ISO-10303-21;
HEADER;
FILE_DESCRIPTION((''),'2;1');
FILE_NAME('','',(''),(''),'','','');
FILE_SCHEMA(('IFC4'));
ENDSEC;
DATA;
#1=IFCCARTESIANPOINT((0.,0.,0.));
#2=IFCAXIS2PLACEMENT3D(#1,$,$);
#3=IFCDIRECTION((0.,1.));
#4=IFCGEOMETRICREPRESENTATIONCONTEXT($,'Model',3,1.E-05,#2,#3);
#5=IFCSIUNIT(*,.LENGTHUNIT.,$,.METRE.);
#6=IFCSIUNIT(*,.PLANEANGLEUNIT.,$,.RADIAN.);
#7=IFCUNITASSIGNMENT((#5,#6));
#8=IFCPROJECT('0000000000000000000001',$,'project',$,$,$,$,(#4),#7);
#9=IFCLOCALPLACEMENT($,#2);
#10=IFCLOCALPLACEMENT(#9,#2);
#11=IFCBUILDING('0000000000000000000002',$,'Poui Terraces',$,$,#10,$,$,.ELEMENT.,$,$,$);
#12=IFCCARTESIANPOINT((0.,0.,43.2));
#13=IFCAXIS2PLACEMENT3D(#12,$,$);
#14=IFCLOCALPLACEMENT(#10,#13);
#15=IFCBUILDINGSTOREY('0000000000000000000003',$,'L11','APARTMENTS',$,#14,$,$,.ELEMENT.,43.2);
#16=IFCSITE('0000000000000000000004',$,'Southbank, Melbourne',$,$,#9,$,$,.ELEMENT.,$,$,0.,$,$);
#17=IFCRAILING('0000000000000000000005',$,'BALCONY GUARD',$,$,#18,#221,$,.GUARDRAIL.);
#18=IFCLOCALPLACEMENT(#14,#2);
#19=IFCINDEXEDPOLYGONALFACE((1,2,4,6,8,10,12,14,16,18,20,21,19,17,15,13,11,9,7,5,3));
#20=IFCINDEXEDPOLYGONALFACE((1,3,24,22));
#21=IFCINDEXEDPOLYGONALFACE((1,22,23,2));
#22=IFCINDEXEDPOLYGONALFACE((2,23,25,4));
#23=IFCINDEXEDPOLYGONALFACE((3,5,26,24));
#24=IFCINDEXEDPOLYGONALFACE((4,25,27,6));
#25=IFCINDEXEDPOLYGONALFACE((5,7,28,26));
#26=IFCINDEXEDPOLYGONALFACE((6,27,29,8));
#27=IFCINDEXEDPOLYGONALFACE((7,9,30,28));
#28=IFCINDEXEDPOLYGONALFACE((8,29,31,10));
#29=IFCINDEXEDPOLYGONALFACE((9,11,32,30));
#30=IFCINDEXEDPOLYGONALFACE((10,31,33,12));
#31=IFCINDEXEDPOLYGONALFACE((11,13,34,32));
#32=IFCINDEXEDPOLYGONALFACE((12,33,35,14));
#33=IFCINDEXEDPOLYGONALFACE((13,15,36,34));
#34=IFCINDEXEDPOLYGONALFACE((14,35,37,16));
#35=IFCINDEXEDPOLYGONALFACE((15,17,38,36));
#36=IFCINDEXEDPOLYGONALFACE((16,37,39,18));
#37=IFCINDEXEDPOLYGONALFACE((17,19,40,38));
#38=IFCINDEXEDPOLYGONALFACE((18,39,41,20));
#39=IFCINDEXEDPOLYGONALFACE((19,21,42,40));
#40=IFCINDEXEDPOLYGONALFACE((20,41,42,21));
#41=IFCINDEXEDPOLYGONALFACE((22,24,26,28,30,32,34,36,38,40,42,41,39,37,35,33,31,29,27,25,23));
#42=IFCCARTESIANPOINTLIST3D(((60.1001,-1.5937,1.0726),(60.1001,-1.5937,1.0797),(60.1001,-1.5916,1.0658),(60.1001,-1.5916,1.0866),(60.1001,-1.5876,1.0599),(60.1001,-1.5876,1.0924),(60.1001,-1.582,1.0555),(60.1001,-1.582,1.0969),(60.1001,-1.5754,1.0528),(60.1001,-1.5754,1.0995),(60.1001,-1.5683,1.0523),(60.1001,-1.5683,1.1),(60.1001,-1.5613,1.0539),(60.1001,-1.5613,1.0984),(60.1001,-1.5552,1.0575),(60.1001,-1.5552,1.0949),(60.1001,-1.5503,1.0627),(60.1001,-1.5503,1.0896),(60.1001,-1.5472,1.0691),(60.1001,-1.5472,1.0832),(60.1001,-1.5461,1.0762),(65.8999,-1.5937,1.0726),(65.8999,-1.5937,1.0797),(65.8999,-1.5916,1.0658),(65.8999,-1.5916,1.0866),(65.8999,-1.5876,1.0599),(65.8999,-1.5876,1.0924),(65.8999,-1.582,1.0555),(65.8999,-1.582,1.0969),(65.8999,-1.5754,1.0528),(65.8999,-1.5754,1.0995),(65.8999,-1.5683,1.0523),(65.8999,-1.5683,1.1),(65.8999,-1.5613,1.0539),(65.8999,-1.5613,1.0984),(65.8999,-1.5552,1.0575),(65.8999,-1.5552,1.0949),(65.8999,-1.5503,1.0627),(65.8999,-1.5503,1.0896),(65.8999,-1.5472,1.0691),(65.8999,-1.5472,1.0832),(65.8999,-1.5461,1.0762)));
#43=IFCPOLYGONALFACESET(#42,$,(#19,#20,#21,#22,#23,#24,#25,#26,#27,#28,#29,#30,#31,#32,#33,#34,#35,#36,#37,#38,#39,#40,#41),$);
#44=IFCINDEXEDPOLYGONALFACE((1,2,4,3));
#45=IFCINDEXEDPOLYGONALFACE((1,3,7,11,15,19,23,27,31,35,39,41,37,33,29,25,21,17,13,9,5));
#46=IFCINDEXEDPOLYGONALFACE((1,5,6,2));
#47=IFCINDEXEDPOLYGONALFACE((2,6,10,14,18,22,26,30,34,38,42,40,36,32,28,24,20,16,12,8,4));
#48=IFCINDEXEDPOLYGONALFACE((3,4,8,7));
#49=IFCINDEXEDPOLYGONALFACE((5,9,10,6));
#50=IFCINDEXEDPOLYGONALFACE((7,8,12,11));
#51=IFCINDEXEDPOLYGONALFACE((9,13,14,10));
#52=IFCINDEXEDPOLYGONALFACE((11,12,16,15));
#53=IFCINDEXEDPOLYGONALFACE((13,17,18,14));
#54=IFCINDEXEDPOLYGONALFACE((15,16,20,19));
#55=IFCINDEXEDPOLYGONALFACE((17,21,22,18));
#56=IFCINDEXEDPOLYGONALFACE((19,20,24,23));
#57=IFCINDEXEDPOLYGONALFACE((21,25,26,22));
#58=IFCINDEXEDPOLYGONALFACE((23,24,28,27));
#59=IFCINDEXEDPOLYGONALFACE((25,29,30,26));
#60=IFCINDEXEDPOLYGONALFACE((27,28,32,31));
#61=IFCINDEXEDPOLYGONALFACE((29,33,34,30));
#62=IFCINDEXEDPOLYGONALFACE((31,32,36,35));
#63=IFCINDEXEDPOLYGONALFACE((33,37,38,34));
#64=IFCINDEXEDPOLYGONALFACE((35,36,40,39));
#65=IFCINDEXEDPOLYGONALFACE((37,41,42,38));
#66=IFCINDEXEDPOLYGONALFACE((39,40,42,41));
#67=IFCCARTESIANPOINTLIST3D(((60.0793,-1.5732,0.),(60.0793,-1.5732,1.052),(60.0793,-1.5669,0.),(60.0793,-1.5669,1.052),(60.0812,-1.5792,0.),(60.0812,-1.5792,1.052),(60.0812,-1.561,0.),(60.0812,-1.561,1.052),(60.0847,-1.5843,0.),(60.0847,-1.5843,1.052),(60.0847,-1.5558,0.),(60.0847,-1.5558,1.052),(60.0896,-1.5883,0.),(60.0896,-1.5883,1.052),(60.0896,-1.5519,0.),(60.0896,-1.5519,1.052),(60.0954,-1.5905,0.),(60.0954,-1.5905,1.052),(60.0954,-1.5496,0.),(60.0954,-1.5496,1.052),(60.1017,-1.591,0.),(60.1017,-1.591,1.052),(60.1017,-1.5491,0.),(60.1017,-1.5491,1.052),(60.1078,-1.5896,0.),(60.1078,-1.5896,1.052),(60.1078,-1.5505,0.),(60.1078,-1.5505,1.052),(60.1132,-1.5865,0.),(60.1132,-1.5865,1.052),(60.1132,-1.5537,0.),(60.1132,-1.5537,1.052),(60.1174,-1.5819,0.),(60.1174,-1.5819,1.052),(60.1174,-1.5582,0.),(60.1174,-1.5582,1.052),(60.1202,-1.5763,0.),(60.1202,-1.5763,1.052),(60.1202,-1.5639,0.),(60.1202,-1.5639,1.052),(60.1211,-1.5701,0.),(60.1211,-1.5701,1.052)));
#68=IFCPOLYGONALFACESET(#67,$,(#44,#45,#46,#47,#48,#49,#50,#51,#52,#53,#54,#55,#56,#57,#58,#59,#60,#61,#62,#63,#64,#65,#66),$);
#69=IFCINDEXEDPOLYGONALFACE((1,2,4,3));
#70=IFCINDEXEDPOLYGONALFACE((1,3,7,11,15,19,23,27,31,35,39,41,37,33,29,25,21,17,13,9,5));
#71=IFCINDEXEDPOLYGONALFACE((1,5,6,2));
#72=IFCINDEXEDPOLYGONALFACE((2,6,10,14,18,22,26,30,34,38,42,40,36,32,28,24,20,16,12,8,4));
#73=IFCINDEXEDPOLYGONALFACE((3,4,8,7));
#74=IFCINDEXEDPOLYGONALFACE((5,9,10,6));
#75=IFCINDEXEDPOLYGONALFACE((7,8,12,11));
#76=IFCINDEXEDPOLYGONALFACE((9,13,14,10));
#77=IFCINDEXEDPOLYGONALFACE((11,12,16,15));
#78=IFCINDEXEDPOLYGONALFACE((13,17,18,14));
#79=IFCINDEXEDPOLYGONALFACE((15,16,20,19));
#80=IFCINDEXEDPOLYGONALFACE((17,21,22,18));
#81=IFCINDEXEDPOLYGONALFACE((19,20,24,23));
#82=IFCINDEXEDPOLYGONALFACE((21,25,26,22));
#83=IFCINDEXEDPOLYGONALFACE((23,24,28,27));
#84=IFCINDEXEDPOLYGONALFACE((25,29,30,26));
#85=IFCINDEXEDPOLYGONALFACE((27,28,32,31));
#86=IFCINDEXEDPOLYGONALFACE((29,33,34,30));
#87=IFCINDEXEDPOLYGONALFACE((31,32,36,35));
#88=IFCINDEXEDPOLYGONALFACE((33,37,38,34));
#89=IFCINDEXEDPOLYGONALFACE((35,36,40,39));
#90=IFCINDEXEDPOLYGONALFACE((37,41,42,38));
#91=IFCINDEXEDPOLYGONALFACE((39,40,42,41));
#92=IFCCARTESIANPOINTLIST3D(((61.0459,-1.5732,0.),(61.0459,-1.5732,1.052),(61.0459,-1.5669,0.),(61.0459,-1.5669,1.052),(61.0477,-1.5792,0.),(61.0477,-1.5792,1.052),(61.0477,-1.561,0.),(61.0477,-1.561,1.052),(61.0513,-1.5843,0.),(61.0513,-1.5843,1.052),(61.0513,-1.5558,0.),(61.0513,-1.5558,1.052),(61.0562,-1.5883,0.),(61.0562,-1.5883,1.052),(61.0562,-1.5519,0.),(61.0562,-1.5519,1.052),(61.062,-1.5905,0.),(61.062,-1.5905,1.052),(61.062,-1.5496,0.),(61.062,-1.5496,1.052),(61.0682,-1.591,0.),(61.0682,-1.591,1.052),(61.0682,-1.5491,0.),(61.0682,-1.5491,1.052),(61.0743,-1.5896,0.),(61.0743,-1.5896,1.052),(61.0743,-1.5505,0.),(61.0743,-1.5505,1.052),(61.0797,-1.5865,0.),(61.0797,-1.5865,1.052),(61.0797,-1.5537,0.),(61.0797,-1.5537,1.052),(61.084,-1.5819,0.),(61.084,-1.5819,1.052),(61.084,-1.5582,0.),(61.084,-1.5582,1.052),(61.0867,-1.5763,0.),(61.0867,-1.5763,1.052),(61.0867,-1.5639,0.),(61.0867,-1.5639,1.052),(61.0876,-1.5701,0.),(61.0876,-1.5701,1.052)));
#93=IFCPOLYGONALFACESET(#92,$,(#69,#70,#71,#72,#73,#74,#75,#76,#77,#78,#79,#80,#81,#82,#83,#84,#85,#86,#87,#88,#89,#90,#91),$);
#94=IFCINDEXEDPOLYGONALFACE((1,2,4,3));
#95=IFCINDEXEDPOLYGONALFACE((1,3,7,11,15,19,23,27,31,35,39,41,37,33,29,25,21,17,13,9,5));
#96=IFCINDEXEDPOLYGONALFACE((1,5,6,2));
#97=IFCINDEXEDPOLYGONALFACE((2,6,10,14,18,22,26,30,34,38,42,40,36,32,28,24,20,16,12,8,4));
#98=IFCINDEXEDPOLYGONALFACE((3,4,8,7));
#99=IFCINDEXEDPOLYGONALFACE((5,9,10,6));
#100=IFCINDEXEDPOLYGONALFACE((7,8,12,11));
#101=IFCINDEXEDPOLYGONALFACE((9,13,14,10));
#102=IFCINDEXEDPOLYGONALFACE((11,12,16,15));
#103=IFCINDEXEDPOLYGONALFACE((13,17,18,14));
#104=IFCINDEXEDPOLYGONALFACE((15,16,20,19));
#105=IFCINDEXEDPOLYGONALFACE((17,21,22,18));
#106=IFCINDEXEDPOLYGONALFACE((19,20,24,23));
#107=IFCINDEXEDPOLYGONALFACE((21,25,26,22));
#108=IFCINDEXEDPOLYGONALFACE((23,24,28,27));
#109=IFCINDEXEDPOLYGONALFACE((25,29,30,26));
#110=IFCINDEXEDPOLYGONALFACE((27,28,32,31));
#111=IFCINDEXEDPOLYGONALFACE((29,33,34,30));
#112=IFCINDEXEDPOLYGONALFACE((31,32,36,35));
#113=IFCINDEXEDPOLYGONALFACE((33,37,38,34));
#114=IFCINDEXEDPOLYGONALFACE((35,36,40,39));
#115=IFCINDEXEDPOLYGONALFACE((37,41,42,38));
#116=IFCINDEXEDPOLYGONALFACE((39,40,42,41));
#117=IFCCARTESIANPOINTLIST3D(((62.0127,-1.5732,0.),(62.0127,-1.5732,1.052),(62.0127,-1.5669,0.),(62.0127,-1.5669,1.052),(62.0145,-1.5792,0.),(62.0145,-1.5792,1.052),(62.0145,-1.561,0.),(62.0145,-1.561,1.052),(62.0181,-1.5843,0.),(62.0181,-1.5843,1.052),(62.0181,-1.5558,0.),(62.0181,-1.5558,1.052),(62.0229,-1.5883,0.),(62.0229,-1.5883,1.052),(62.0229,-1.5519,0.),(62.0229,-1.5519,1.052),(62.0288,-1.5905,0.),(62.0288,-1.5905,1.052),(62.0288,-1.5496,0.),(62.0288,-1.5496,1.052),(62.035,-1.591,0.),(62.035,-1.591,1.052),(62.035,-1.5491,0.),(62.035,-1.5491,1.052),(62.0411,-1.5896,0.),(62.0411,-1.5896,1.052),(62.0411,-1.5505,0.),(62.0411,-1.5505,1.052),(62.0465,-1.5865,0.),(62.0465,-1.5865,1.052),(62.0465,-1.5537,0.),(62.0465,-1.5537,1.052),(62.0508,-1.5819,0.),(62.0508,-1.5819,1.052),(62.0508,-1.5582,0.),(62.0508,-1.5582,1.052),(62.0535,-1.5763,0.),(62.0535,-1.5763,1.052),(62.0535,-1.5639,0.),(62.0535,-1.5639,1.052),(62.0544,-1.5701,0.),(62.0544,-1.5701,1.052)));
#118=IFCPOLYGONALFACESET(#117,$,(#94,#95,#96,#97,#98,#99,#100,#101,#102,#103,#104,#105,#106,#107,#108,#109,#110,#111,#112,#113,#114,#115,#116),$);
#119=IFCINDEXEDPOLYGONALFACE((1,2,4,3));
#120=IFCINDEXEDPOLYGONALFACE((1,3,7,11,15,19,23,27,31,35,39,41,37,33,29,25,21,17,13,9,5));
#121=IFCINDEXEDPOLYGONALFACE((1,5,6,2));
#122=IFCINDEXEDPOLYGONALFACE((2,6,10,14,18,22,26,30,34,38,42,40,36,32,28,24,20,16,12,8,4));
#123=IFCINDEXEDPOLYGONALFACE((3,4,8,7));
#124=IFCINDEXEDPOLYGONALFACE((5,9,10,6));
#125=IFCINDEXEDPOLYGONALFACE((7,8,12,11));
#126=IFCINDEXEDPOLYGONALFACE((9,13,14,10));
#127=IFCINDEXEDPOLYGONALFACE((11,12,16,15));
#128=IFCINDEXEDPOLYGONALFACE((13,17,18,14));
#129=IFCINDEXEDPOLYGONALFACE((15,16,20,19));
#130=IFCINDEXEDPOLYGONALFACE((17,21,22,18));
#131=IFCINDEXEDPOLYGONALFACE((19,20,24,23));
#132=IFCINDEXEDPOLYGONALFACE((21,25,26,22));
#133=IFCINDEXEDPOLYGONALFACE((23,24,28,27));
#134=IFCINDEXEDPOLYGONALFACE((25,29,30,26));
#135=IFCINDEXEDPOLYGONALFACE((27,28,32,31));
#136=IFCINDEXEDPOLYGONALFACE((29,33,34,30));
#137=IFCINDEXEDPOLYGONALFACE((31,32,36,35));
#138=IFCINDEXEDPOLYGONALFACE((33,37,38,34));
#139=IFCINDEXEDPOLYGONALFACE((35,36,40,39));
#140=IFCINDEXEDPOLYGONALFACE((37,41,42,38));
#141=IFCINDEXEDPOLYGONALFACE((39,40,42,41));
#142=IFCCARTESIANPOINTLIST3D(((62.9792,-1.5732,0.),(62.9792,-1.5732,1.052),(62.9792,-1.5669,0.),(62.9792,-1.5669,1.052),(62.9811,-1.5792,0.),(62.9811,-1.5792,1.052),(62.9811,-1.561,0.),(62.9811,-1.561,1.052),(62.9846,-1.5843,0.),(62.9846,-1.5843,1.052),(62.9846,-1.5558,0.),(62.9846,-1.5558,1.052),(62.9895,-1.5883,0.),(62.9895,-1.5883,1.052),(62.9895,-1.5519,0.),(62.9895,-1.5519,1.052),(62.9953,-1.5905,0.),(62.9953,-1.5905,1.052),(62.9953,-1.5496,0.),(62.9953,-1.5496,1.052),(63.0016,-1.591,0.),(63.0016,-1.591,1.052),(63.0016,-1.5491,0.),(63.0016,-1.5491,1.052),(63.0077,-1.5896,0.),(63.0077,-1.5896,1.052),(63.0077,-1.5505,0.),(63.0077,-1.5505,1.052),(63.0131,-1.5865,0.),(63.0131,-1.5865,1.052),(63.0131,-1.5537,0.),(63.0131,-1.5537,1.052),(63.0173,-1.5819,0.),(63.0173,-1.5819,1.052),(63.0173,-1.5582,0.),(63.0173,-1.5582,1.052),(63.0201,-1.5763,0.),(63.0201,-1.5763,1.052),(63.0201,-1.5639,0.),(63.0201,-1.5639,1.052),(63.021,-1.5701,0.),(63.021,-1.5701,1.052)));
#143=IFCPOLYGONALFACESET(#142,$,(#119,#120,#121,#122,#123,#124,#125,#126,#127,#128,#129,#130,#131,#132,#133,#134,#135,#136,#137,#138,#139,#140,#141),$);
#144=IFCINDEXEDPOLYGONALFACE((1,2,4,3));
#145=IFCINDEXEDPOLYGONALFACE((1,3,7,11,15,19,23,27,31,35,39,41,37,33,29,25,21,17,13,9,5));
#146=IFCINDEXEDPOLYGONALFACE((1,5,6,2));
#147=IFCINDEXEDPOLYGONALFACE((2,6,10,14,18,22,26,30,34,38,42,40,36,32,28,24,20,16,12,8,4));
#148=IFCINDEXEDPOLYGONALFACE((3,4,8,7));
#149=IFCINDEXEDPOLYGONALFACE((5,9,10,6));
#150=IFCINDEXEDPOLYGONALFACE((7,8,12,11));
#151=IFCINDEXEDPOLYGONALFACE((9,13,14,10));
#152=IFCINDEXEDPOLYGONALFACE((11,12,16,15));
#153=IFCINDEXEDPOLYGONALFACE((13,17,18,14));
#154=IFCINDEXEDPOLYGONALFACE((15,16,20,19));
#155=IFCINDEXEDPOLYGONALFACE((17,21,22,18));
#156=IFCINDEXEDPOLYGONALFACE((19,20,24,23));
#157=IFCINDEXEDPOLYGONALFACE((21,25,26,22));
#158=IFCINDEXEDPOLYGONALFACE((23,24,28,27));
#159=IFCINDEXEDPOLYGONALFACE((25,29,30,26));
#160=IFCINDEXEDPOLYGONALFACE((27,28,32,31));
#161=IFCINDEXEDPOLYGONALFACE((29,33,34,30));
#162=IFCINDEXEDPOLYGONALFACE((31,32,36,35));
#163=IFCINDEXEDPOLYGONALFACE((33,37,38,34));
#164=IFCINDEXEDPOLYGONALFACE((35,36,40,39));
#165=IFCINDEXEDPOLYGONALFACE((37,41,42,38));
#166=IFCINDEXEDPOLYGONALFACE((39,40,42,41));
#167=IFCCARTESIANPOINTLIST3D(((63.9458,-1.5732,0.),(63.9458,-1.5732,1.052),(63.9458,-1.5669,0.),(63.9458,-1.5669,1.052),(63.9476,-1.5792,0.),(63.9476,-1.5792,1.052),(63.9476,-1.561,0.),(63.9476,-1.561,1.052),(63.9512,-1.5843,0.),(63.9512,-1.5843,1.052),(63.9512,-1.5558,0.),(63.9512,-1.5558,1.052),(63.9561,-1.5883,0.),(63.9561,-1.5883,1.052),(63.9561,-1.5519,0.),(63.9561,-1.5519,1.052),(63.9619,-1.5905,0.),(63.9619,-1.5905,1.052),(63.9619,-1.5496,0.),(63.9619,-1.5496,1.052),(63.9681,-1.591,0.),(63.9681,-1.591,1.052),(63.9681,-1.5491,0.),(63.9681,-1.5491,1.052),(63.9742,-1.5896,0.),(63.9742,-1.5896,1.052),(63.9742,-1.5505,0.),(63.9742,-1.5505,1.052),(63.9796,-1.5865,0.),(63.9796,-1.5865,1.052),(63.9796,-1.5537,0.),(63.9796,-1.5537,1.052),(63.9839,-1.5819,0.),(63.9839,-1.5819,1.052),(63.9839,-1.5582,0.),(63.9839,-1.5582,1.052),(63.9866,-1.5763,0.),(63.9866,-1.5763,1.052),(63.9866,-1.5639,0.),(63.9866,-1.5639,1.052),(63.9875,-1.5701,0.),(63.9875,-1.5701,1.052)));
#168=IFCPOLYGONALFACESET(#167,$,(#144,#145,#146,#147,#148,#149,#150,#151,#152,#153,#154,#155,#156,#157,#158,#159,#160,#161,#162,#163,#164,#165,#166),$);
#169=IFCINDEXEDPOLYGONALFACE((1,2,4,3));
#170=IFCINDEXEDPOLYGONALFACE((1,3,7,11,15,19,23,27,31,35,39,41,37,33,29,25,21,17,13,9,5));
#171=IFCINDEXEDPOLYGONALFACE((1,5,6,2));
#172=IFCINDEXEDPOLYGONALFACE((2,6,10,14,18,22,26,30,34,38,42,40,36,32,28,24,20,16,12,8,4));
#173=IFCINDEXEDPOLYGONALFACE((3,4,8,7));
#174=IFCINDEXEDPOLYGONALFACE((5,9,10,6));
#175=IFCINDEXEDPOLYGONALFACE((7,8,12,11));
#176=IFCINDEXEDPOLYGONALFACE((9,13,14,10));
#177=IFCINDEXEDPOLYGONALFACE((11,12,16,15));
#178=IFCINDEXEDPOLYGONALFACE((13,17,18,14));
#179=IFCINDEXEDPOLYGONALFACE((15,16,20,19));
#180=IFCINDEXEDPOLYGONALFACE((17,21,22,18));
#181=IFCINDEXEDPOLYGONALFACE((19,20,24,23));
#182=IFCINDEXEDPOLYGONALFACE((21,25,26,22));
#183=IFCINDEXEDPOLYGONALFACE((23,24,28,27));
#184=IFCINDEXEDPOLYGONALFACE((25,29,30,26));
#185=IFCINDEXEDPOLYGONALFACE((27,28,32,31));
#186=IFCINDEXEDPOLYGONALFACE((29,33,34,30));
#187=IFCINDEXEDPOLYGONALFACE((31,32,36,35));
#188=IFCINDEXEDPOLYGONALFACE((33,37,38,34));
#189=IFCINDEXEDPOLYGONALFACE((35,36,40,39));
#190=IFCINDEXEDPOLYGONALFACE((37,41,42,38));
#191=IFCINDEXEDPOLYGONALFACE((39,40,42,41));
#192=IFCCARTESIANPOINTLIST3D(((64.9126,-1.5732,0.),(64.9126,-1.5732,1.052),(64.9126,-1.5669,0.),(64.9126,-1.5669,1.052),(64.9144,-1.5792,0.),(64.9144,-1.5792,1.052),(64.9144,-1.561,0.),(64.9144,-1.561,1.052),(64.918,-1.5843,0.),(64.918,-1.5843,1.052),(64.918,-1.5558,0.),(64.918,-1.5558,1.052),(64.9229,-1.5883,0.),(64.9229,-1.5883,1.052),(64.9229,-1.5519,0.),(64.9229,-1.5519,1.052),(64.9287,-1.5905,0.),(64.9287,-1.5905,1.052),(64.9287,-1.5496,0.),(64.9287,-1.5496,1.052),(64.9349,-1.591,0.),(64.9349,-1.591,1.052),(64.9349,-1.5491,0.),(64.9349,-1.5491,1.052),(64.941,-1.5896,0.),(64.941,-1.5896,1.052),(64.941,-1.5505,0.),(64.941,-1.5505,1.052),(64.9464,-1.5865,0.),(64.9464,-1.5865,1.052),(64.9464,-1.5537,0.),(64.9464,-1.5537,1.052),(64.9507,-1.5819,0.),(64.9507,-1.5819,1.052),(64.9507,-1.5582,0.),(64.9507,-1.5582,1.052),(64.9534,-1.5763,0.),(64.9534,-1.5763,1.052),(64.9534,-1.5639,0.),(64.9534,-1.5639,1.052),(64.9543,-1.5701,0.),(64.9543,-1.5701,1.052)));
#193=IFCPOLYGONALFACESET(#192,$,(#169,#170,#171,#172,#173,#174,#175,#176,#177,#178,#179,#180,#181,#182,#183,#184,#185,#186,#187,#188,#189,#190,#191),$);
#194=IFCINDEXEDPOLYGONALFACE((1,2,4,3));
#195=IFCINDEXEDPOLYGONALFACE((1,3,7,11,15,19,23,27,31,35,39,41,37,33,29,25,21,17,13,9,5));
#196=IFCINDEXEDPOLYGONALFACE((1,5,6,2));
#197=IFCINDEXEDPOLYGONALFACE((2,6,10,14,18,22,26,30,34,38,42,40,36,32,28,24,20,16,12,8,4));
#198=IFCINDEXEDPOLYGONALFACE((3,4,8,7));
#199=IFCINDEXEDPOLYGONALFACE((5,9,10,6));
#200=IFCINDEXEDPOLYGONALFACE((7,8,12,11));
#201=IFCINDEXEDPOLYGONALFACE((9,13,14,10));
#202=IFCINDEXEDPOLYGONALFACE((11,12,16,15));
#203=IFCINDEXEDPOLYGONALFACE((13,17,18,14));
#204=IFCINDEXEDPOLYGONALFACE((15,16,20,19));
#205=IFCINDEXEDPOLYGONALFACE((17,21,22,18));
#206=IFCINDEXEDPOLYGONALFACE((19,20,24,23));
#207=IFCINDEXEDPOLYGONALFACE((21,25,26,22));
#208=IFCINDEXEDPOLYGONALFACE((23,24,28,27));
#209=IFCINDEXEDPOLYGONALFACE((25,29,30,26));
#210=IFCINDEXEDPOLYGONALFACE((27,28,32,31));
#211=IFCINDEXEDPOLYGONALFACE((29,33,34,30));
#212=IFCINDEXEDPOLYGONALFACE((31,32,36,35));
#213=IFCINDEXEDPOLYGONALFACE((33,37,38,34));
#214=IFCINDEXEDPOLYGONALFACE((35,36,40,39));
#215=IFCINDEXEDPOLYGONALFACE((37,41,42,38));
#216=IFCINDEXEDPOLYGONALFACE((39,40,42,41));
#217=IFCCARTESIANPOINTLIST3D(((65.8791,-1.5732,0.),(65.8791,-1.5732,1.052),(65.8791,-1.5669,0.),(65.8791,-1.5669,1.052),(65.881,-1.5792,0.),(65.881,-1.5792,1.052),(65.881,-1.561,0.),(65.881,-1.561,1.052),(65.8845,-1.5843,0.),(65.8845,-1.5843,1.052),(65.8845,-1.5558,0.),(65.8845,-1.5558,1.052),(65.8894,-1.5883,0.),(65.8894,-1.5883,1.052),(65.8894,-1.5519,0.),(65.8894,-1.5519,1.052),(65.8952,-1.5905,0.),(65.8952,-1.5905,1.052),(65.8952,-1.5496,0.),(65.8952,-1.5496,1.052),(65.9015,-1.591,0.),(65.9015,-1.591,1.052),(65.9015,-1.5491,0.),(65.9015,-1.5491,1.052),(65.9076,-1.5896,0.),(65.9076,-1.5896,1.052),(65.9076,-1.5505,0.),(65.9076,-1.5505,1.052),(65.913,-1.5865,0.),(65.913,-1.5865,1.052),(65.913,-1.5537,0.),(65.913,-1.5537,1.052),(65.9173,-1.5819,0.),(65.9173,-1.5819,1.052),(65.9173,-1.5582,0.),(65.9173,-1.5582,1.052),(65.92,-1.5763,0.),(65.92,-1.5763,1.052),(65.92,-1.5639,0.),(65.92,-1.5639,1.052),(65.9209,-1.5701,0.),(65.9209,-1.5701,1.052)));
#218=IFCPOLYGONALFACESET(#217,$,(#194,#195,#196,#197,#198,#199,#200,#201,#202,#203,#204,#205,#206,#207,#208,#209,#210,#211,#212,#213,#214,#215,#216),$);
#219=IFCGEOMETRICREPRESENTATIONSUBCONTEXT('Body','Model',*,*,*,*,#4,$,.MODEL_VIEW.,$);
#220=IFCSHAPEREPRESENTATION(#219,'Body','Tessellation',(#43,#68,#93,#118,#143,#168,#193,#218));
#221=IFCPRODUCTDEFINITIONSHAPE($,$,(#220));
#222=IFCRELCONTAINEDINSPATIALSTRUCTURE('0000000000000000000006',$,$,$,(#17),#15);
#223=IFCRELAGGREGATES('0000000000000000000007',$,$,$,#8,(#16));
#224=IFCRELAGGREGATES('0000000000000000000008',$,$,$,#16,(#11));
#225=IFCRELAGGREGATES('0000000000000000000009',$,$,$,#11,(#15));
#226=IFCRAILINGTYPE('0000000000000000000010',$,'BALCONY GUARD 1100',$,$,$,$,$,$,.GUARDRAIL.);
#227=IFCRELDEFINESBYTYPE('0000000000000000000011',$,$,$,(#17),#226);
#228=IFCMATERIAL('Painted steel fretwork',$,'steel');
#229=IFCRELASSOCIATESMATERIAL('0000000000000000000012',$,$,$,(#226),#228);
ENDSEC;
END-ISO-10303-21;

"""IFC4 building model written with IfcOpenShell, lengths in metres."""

from ifc_helpers import new_model, si_unit, direction, frame, origin, origin_2d, place, context, subcontext, project, spatial, circle, extrude, material, type_object, element, save


model = new_model("IFC4")

# Units and contexts
model_context = context("Model", 3, precision=1e-05, world=origin(), true_north=direction((0.0, 1.0)))
body_context = subcontext(model_context, "Body", "Model", "MODEL_VIEW")
ifc_project = project(units=[si_unit("LENGTHUNIT", "METRE"), si_unit("PLANEANGLEUNIT", "RADIAN")], contexts=[model_context])

# Site, building, storey
site_placement = place(None, origin())
site = spatial("IfcSite", under=ifc_project, at=site_placement, Name="Southbank, Melbourne", CompositionType="ELEMENT", RefElevation=0.0)
building_placement = place(site_placement, origin())
building = spatial("IfcBuilding", under=site, at=building_placement, Name="Poui Terraces", CompositionType="ELEMENT")
storey_placement = place(building_placement, frame((0.0, 0.0, 43.2)))
storey = spatial("IfcBuildingStorey", under=building, at=storey_placement, Name="L11", Description="APARTMENTS", CompositionType="ELEMENT", Elevation=43.2)

# Railing
ifc_material_1 = material(Name="Painted steel fretwork", Category="steel")
railing_type = type_object("IfcRailingType", Name="BALCONY GUARD 1100", PredefinedType="GUARDRAIL", material=ifc_material_1)
railing_placement = place(storey_placement, frame((60.1001, -1.5701, 0.0)))
element("IfcRailing", 1, at=railing_placement, inside=storey, type_object=railing_type, Name="BALCONY GUARD", PredefinedType="GUARDRAIL", context=body_context, shape_type="SweptSolid", body=[
    extrude(circle(Radius=0.0239, at=origin_2d()), frame((0.0, 0.0, 1.0762), z_axis=(1.0, 0.0, 0.0), x_axis=(0.0, 1.0, 0.0)), (0.0, 0.0, 1.0), 5.7998),
    extrude(circle(Radius=0.021, at=origin_2d()), origin(), (0.0, 0.0, 1.0), 1.052),
    extrude(circle(Radius=0.021, at=origin_2d()), frame((0.9666, 0.0, 0.0)), (0.0, 0.0, 1.0), 1.052),
    extrude(circle(Radius=0.021, at=origin_2d()), frame((1.9333, 0.0, 0.0)), (0.0, 0.0, 1.0), 1.052),
    extrude(circle(Radius=0.021, at=origin_2d()), frame((2.8999, 0.0, 0.0)), (0.0, 0.0, 1.0), 1.052),
    extrude(circle(Radius=0.021, at=origin_2d()), frame((3.8665, 0.0, 0.0)), (0.0, 0.0, 1.0), 1.052),
    extrude(circle(Radius=0.021, at=origin_2d()), frame((4.8333, 0.0, 0.0)), (0.0, 0.0, 1.0), 1.052),
    extrude(circle(Radius=0.021, at=origin_2d()), frame((5.7998, 0.0, 0.0)), (0.0, 0.0, 1.0), 1.052),
])

save(model, "model.ifc")
